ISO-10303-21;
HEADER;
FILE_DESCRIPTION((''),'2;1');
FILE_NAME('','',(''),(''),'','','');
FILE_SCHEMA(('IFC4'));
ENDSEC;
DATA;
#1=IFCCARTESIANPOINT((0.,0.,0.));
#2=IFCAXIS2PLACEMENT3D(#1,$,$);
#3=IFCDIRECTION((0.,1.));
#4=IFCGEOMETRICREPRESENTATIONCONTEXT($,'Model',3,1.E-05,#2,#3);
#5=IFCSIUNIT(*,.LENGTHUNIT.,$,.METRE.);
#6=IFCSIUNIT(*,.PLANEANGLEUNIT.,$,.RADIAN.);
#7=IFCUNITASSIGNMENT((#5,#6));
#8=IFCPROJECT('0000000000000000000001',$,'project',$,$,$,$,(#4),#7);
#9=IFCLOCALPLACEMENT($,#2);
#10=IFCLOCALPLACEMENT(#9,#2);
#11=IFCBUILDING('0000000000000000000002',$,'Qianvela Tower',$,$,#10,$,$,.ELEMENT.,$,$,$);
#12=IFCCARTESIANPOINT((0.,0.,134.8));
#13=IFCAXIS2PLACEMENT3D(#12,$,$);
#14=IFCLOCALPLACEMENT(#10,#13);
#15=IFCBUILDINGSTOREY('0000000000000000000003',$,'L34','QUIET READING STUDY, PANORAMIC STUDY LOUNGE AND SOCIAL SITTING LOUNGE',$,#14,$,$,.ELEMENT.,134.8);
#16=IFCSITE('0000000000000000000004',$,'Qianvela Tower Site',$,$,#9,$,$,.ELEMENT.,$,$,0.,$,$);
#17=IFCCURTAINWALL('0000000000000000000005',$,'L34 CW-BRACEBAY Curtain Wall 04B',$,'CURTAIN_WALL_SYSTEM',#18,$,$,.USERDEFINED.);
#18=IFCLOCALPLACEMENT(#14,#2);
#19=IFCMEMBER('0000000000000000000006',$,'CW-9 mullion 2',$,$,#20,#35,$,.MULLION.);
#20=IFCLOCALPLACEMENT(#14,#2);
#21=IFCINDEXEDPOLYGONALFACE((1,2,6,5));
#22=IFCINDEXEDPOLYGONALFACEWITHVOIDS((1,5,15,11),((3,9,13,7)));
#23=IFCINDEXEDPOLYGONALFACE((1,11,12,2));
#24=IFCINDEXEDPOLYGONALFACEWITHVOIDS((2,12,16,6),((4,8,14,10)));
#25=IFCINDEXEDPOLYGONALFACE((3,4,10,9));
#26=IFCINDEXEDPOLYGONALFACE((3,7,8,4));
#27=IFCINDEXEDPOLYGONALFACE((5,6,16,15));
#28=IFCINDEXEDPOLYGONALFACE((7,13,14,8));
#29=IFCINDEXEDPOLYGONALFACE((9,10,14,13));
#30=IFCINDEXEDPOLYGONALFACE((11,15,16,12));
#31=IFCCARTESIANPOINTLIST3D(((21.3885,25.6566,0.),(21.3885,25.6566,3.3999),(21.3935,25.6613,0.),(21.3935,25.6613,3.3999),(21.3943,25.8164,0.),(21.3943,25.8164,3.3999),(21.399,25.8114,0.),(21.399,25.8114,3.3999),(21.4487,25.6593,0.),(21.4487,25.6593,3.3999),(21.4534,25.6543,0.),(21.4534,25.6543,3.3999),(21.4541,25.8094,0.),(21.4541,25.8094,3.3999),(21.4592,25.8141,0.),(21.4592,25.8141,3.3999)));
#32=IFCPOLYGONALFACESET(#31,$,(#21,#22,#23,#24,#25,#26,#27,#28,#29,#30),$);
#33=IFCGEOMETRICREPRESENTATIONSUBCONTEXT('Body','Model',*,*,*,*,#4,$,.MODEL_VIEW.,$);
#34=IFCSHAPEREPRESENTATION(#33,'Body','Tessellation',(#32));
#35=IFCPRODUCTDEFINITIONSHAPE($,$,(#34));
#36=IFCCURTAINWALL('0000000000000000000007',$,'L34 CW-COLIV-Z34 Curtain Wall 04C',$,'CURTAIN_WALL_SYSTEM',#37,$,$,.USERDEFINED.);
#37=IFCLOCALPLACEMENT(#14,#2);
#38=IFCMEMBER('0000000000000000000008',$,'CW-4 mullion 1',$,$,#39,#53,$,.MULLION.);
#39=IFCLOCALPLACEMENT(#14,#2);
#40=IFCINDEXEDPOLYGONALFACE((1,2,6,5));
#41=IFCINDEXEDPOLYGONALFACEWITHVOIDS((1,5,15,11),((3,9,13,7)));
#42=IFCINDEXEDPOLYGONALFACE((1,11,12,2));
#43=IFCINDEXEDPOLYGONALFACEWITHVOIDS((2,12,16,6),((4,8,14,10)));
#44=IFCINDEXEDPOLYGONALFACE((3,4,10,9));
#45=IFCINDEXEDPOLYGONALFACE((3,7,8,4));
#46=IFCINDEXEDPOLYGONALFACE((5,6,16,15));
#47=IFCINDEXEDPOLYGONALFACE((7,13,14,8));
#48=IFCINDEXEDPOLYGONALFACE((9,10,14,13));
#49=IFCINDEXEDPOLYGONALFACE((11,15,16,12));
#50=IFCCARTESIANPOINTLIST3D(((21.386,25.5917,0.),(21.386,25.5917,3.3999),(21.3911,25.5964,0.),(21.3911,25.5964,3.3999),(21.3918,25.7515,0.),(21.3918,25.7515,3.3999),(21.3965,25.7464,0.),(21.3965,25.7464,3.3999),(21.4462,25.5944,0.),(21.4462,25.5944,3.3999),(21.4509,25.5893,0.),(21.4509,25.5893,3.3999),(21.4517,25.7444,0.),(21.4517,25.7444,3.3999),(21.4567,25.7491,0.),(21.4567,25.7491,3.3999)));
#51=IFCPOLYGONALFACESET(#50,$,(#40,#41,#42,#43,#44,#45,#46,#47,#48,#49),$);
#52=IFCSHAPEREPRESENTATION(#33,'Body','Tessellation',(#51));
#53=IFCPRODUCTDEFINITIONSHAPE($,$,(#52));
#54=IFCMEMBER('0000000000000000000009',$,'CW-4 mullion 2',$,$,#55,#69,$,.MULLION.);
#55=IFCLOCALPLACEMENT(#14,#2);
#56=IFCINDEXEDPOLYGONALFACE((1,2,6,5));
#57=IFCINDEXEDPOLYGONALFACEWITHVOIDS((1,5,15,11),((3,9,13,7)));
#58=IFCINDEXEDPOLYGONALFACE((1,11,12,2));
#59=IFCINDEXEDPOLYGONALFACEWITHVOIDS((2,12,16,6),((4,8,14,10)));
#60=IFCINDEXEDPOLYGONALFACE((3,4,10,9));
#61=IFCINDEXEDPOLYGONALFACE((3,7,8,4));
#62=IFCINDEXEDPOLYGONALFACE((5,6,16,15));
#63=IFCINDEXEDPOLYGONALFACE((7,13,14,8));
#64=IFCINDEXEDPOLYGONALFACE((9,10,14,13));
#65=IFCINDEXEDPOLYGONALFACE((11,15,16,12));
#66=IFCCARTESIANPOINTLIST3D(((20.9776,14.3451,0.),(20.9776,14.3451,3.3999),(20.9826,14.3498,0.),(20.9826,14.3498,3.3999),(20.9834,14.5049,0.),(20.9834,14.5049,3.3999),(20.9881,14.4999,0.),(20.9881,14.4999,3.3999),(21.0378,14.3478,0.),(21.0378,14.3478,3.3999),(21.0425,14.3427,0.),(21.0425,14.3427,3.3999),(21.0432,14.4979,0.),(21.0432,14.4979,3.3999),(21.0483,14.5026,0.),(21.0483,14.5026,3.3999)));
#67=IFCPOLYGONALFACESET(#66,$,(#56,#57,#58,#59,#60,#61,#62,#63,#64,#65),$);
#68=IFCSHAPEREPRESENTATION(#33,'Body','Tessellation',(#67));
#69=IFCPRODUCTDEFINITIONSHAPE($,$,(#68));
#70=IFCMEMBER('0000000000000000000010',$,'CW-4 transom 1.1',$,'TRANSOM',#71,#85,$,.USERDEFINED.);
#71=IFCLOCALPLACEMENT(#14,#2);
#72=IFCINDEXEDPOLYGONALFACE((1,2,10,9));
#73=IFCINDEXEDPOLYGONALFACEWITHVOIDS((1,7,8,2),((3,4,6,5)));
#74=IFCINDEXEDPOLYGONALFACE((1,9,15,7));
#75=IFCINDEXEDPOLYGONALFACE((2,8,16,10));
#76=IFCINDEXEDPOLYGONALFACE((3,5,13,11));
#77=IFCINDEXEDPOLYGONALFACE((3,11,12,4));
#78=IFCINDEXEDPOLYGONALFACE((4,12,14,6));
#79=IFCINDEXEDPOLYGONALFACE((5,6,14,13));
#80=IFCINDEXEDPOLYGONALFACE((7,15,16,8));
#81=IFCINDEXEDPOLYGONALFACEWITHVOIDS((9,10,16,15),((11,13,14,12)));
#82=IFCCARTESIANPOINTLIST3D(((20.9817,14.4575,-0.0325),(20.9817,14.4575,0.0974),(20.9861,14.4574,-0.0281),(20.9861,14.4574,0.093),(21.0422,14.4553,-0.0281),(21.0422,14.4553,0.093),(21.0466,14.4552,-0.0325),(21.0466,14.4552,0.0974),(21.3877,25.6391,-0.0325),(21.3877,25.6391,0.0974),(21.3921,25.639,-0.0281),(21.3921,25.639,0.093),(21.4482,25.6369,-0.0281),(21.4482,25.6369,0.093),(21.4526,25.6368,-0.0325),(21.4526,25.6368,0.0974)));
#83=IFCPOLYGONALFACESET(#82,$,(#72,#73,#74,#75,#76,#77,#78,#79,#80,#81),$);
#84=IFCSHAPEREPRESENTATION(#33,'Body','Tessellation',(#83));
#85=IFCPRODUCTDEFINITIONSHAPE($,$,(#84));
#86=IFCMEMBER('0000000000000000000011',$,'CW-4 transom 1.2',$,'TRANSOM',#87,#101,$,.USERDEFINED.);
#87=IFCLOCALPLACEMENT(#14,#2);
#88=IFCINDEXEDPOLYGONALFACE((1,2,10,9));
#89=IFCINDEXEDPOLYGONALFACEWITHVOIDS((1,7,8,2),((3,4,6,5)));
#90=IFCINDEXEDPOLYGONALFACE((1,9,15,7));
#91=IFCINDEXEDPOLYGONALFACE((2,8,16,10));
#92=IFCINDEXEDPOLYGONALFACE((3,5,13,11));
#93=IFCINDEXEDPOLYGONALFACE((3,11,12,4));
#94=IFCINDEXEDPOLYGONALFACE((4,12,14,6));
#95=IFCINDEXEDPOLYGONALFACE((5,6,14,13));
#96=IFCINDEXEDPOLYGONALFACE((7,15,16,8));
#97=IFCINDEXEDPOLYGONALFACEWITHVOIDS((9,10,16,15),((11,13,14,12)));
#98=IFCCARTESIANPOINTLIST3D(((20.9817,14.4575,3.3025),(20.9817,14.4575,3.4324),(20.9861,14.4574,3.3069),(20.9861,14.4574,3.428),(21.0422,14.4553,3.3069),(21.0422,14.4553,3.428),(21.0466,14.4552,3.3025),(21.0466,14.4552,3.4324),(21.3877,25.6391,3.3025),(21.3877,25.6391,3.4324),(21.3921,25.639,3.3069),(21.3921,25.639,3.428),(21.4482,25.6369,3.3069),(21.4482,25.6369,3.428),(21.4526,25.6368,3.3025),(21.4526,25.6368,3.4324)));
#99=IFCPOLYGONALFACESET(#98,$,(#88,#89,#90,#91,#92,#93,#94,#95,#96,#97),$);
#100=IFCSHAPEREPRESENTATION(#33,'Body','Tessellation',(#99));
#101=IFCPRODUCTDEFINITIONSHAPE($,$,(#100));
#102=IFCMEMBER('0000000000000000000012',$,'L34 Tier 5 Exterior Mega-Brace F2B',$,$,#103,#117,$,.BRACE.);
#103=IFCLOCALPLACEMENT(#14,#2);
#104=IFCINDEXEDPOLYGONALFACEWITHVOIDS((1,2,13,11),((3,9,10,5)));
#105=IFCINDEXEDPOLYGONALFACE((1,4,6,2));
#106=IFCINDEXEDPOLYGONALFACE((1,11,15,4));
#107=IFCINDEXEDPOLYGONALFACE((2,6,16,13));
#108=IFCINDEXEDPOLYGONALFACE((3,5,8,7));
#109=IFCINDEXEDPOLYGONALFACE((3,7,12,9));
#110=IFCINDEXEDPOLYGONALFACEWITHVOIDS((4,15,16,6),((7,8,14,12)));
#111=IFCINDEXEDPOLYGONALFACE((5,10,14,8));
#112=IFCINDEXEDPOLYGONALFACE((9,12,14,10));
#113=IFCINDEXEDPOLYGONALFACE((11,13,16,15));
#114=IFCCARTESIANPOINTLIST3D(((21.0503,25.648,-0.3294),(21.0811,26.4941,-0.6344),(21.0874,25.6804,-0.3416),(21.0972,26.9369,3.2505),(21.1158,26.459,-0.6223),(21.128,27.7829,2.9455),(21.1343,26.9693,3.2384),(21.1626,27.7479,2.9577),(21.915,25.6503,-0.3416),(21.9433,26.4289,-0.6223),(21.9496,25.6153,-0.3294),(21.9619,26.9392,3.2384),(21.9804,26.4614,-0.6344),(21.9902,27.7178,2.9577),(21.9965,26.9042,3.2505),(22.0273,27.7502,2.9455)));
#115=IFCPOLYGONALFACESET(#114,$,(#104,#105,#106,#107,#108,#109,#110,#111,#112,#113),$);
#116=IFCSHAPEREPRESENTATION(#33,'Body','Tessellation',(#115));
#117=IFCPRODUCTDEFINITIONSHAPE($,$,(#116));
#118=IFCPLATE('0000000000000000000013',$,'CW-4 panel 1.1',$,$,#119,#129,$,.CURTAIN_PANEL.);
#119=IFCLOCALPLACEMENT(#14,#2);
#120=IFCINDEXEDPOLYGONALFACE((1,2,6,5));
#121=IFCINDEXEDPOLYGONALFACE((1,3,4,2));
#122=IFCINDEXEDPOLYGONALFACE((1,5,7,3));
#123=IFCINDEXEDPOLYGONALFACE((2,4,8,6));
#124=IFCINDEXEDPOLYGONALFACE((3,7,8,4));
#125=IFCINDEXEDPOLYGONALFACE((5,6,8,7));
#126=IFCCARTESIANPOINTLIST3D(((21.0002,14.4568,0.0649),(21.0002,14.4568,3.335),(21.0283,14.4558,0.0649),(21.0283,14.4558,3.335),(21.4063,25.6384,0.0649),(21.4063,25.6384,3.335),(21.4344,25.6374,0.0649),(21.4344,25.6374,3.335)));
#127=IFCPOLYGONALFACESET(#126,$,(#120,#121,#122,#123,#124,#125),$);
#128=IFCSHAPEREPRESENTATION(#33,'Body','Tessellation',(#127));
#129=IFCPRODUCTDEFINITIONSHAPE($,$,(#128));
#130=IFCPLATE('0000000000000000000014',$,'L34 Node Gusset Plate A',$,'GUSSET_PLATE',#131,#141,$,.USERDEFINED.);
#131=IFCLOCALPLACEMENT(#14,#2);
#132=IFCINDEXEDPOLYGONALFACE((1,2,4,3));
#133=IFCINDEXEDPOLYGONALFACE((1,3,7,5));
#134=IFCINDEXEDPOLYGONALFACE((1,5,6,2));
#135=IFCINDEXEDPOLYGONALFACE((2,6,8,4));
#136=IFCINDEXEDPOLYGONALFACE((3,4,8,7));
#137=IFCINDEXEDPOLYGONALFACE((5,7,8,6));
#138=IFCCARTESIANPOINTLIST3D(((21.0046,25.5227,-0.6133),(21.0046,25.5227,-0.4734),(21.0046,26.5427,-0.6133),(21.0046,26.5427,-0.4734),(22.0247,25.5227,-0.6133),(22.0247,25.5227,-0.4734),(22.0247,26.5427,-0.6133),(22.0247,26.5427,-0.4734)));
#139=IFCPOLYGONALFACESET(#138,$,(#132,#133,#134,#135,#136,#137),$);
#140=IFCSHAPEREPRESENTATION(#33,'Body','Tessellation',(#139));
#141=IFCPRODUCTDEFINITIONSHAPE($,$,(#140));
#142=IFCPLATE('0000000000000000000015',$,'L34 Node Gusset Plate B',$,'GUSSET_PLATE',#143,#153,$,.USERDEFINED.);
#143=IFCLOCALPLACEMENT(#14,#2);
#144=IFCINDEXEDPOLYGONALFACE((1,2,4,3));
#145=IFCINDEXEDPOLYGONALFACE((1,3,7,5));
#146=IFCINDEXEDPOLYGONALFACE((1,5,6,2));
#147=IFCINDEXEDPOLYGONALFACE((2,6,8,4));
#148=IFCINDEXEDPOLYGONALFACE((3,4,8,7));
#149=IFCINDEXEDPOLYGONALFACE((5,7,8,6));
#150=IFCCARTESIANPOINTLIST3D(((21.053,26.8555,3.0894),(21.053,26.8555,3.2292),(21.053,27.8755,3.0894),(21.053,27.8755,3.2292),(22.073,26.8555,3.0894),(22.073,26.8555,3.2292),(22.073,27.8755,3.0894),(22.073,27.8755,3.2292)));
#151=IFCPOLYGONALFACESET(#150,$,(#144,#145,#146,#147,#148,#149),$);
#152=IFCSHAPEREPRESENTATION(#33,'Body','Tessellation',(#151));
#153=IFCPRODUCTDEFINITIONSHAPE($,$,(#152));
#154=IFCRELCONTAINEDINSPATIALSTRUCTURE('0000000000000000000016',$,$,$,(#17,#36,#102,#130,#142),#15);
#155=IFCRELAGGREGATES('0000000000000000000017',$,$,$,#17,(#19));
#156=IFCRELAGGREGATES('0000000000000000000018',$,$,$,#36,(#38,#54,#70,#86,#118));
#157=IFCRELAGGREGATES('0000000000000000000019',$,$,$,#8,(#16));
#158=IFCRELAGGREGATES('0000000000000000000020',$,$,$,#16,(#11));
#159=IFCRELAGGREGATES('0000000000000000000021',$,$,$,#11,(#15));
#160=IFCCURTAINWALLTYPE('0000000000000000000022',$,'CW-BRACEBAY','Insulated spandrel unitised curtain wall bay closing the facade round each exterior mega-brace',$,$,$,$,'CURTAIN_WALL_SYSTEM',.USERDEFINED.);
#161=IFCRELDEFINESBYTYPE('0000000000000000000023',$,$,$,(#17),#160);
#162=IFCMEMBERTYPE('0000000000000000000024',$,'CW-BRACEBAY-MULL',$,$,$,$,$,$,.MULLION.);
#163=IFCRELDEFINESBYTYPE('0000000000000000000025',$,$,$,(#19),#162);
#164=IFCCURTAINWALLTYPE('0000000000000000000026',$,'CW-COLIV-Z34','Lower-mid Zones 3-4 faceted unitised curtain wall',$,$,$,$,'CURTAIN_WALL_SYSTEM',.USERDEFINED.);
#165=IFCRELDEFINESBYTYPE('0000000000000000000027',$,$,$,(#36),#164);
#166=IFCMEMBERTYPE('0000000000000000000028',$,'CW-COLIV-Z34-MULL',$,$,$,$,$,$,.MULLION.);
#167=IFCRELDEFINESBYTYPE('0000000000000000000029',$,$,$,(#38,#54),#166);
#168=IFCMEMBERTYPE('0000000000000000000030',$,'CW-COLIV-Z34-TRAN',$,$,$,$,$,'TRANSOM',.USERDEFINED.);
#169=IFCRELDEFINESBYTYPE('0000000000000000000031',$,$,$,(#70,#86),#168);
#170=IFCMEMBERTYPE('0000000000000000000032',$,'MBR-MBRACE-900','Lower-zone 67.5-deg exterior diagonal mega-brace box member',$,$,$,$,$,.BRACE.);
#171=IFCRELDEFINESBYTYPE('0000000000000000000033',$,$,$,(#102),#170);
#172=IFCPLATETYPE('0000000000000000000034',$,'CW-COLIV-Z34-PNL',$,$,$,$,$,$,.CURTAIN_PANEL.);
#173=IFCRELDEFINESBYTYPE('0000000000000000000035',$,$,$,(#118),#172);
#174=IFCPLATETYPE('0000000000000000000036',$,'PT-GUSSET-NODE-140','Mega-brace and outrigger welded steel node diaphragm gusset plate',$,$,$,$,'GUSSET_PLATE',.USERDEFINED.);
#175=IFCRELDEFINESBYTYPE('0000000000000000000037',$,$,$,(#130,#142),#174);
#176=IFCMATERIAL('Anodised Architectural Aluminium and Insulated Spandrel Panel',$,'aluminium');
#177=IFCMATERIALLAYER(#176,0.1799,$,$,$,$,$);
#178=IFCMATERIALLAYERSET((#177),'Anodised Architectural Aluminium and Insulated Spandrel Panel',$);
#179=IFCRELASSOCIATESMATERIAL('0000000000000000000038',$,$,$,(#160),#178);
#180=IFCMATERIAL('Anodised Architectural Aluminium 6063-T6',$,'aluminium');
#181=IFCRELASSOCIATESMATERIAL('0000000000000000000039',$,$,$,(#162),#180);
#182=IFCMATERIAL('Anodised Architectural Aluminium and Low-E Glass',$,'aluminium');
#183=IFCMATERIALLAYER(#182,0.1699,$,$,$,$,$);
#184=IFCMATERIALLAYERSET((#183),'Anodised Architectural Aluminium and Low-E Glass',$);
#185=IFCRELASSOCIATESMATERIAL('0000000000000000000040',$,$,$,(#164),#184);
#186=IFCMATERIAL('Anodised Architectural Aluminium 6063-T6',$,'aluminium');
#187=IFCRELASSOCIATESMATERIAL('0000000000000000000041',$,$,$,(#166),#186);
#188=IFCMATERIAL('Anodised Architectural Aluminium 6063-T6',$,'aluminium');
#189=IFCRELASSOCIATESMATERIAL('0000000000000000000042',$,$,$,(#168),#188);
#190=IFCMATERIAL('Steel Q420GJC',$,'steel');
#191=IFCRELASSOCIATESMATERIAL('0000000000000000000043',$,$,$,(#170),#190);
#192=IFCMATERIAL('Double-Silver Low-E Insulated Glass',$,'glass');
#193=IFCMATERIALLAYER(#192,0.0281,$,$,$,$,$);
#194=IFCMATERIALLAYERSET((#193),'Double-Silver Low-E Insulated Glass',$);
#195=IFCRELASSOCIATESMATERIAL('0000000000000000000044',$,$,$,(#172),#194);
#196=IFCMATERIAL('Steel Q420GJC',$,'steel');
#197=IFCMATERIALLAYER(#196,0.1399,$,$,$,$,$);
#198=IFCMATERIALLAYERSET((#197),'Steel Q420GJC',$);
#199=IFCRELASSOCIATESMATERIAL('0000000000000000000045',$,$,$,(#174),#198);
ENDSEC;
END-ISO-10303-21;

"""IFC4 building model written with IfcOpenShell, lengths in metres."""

from ifc_helpers import new_model, si_unit, direction, frame, origin, origin_2d, place, context, subcontext, project, spatial, rectangle, hollow_rectangle, extrude, material, layer, layer_set, material_profile, profile_set, type_object, element, aggregate, save


model = new_model("IFC4")

# Units and contexts
model_context = context("Model", 3, precision=1e-05, world=origin(), true_north=direction((0.0, 1.0)))
body_context = subcontext(model_context, "Body", "Model", "MODEL_VIEW")
ifc_project = project(units=[si_unit("LENGTHUNIT", "METRE"), si_unit("PLANEANGLEUNIT", "RADIAN")], contexts=[model_context])

# Site, building, storey
site_placement = place(None, origin())
site = spatial("IfcSite", under=ifc_project, at=site_placement, Name="Qianvela Tower Site", CompositionType="ELEMENT", RefElevation=0.0)
building_placement = place(site_placement, origin())
building = spatial("IfcBuilding", under=site, at=building_placement, Name="Qianvela Tower", CompositionType="ELEMENT")
storey_placement = place(building_placement, frame((0.0, 0.0, 134.8)))
storey = spatial("IfcBuildingStorey", under=building, at=storey_placement, Name="L34", Description="QUIET READING STUDY, PANORAMIC STUDY LOUNGE AND SOCIAL SITTING LOUNGE", CompositionType="ELEMENT", Elevation=134.8)

# Curtain wall, member
ifc_material_1 = material(Name="Anodised Architectural Aluminium and Insulated Spandrel Panel", Category="aluminium")
ifc_layer_1 = layer(ifc_material_1, 0.1799)
ifc_layer_set_1 = layer_set([ifc_layer_1], Name="Anodised Architectural Aluminium and Insulated Spandrel Panel")
curtain_wall_type_1 = type_object("IfcCurtainWallType", Name="CW-BRACEBAY", Description="Insulated spandrel unitised curtain wall bay closing the facade round each exterior mega-brace", ElementType="CURTAIN_WALL_SYSTEM", PredefinedType="USERDEFINED", material=ifc_layer_set_1)
curtain_wall_1_placement = place(storey_placement, origin())
curtain_wall_1 = element("IfcCurtainWall", 1, at=curtain_wall_1_placement, inside=storey, type_object=curtain_wall_type_1, Name="L34 CW-BRACEBAY Curtain Wall 04B", ObjectType="CURTAIN_WALL_SYSTEM", PredefinedType="USERDEFINED")
ifc_material_2 = material(Name="Anodised Architectural Aluminium 6063-T6", Category="aluminium")
ifc_material_profile_1 = material_profile(ifc_material_2, hollow_rectangle(XDim=0.0649, YDim=0.1599, WallThickness=0.0049, at=origin_2d()), Name="ALU-MULL-65x160")
ifc_profile_set_1 = profile_set([ifc_material_profile_1], Name="Anodised Architectural Aluminium 6063-T6")
member_type_1 = type_object("IfcMemberType", Name="CW-BRACEBAY-MULL", PredefinedType="MULLION", material=ifc_profile_set_1)
member_1_placement = place(storey_placement, frame((21.4238, 25.7354, 0.0), z_axis=(0.0, 0.0, 1.0), x_axis=(0.999341, -0.036296, 0.0)))
member_1 = element("IfcMember", 2, at=member_1_placement, type_object=member_type_1, Name="CW-9 mullion 2", PredefinedType="MULLION", context=body_context, shape_type="SweptSolid", body=[
    extrude(hollow_rectangle(XDim=0.0649, YDim=0.1599, WallThickness=0.0049, at=origin_2d()), origin(), (0.0, 0.0, 1.0), 3.3999),
])
aggregate(curtain_wall_1, [member_1])

# Curtain wall, members
ifc_material_3 = material(Name="Anodised Architectural Aluminium and Low-E Glass", Category="aluminium")
ifc_layer_2 = layer(ifc_material_3, 0.1699)
ifc_layer_set_2 = layer_set([ifc_layer_2], Name="Anodised Architectural Aluminium and Low-E Glass")
curtain_wall_type_2 = type_object("IfcCurtainWallType", Name="CW-COLIV-Z34", Description="Lower-mid Zones 3-4 faceted unitised curtain wall", ElementType="CURTAIN_WALL_SYSTEM", PredefinedType="USERDEFINED", material=ifc_layer_set_2)
curtain_wall_2_placement = place(storey_placement, origin())
curtain_wall_2 = element("IfcCurtainWall", 3, at=curtain_wall_2_placement, inside=storey, type_object=curtain_wall_type_2, Name="L34 CW-COLIV-Z34 Curtain Wall 04C", ObjectType="CURTAIN_WALL_SYSTEM", PredefinedType="USERDEFINED")
ifc_material_4 = material(Name="Anodised Architectural Aluminium 6063-T6", Category="aluminium")
ifc_material_profile_2 = material_profile(ifc_material_4, hollow_rectangle(XDim=0.0649, YDim=0.1599, WallThickness=0.0049, at=origin_2d()), Name="ALU-MULL-65x160")
ifc_profile_set_2 = profile_set([ifc_material_profile_2], Name="Anodised Architectural Aluminium 6063-T6")
member_type_2 = type_object("IfcMemberType", Name="CW-COLIV-Z34-MULL", PredefinedType="MULLION", material=ifc_profile_set_2)
member_2_placement = place(storey_placement, frame((21.4214, 25.6704, 0.0), z_axis=(0.0, 0.0, 1.0), x_axis=(0.999341, -0.036293, 0.0)))
member_2 = element("IfcMember", 4, at=member_2_placement, type_object=member_type_2, Name="CW-4 mullion 1", PredefinedType="MULLION", context=body_context, shape_type="SweptSolid", body=[
    extrude(hollow_rectangle(XDim=0.0649, YDim=0.1599, WallThickness=0.0049, at=origin_2d()), origin(), (0.0, 0.0, 1.0), 3.3999),
])
member_3_placement = place(storey_placement, frame((21.0129, 14.4238, 0.0), z_axis=(0.0, 0.0, 1.0), x_axis=(0.999341, -0.036293, 0.0)))
member_3 = element("IfcMember", 5, at=member_3_placement, type_object=member_type_2, Name="CW-4 mullion 2", PredefinedType="MULLION", context=body_context, shape_type="SweptSolid", body=[
    extrude(hollow_rectangle(XDim=0.0649, YDim=0.1599, WallThickness=0.0049, at=origin_2d()), origin(), (0.0, 0.0, 1.0), 3.3999),
])
ifc_material_5 = material(Name="Anodised Architectural Aluminium 6063-T6", Category="aluminium")
ifc_material_profile_3 = material_profile(ifc_material_5, hollow_rectangle(XDim=0.0649, YDim=0.1299, WallThickness=0.0044, at=origin_2d()), Name="ALU-TRAN-65x130")
ifc_profile_set_3 = profile_set([ifc_material_profile_3], Name="Anodised Architectural Aluminium 6063-T6")
member_type_3 = type_object("IfcMemberType", Name="CW-COLIV-Z34-TRAN", ElementType="TRANSOM", PredefinedType="USERDEFINED", material=ifc_profile_set_3)
member_4_placement = place(storey_placement, frame((21.4202, 25.6379, 0.0325), z_axis=(-0.036286, -0.999341, 0.0), x_axis=(0.999341, -0.036286, 0.0)))
member_4 = element("IfcMember", 6, at=member_4_placement, type_object=member_type_3, Name="CW-4 transom 1.1", ObjectType="TRANSOM", PredefinedType="USERDEFINED", context=body_context, shape_type="SweptSolid", body=[
    extrude(hollow_rectangle(XDim=0.0649, YDim=0.1299, WallThickness=0.0044, at=origin_2d()), origin(), (0.0, 0.0, 1.0), 11.189),
])
member_5_placement = place(storey_placement, frame((21.4202, 25.6379, 3.3674), z_axis=(-0.036286, -0.999341, 0.0), x_axis=(0.999341, -0.036286, 0.0)))
member_5 = element("IfcMember", 7, at=member_5_placement, type_object=member_type_3, Name="CW-4 transom 1.2", ObjectType="TRANSOM", PredefinedType="USERDEFINED", context=body_context, shape_type="SweptSolid", body=[
    extrude(hollow_rectangle(XDim=0.0649, YDim=0.1299, WallThickness=0.0044, at=origin_2d()), origin(), (0.0, 0.0, 1.0), 11.189),
])

# Member
ifc_material_6 = material(Name="Steel Q420GJC", Category="steel")
ifc_material_profile_4 = material_profile(ifc_material_6, hollow_rectangle(XDim=0.8999, YDim=0.8999, WallThickness=0.0359, at=origin_2d()), Name="MBOX-900x900x36")
ifc_profile_set_4 = profile_set([ifc_material_profile_4], Name="Steel Q420GJC")
member_type_4 = type_object("IfcMemberType", Name="MBR-MBRACE-900", Description="Lower-zone 67.5-deg exterior diagonal mega-brace box member", PredefinedType="BRACE", material=ifc_profile_set_4)
member_6_placement = place(storey_placement, frame((21.5154, 26.0547, -0.4819), z_axis=(0.012319, 0.338712, 0.940809), x_axis=(-0.999339, 0.036346, 0.0)))
element("IfcMember", 8, at=member_6_placement, inside=storey, type_object=member_type_4, Name="L34 Tier 5 Exterior Mega-Brace F2B", PredefinedType="BRACE", context=body_context, shape_type="SweptSolid", body=[
    extrude(hollow_rectangle(XDim=0.8999, YDim=0.8999, WallThickness=0.0359, at=origin_2d()), origin(), (0.0, 0.0, 1.0), 3.8052),
])

# Plate
ifc_material_7 = material(Name="Double-Silver Low-E Insulated Glass", Category="glass")
ifc_layer_3 = layer(ifc_material_7, 0.0281)
ifc_layer_set_3 = layer_set([ifc_layer_3], Name="Double-Silver Low-E Insulated Glass")
plate_type_1 = type_object("IfcPlateType", Name="CW-COLIV-Z34-PNL", PredefinedType="CURTAIN_PANEL", material=ifc_layer_set_3)
plate_placement = place(storey_placement, frame((21.2173, 20.0471, 0.0649), z_axis=(0.0, 0.0, 1.0), x_axis=(-0.036293, -0.999341, 0.0)))
plate = element("IfcPlate", 9, at=plate_placement, type_object=plate_type_1, Name="CW-4 panel 1.1", PredefinedType="CURTAIN_PANEL", context=body_context, shape_type="SweptSolid", body=[
    extrude(rectangle(XDim=11.189, YDim=0.0281, at=origin_2d()), origin(), (0.0, 0.0, 1.0), 3.27),
])
aggregate(curtain_wall_2, [member_2, member_3, member_4, member_5, plate])

# Plates
ifc_material_8 = material(Name="Steel Q420GJC", Category="steel")
ifc_layer_4 = layer(ifc_material_8, 0.1399)
ifc_layer_set_4 = layer_set([ifc_layer_4], Name="Steel Q420GJC")
plate_type_2 = type_object("IfcPlateType", Name="PT-GUSSET-NODE-140", Description="Mega-brace and outrigger welded steel node diaphragm gusset plate", ElementType="GUSSET_PLATE", PredefinedType="USERDEFINED", material=ifc_layer_set_4)
for number, where, z_axis, x_axis, name in (
    (10, (21.5146, 26.0327, -0.6133), (0.0, 0.0, 1.0), (1.0, 0.0, 0.0), "L34 Node Gusset Plate A"),
    (11, (21.563, 27.3655, 3.0894), (0.0, 0.0, 1.0), (1.0, 0.0, 0.0), "L34 Node Gusset Plate B"),
):
    element("IfcPlate", number, at=place(storey_placement, frame(where, z_axis=z_axis, x_axis=x_axis)), inside=storey, type_object=plate_type_2, Name=name, ObjectType="GUSSET_PLATE", PredefinedType="USERDEFINED", context=body_context, shape_type="SweptSolid", body=[
        extrude(rectangle(XDim=1.02, YDim=1.02, at=origin_2d()), origin(), (0.0, 0.0, 1.0), 0.1399),
    ])

save(model, "model.ifc")
